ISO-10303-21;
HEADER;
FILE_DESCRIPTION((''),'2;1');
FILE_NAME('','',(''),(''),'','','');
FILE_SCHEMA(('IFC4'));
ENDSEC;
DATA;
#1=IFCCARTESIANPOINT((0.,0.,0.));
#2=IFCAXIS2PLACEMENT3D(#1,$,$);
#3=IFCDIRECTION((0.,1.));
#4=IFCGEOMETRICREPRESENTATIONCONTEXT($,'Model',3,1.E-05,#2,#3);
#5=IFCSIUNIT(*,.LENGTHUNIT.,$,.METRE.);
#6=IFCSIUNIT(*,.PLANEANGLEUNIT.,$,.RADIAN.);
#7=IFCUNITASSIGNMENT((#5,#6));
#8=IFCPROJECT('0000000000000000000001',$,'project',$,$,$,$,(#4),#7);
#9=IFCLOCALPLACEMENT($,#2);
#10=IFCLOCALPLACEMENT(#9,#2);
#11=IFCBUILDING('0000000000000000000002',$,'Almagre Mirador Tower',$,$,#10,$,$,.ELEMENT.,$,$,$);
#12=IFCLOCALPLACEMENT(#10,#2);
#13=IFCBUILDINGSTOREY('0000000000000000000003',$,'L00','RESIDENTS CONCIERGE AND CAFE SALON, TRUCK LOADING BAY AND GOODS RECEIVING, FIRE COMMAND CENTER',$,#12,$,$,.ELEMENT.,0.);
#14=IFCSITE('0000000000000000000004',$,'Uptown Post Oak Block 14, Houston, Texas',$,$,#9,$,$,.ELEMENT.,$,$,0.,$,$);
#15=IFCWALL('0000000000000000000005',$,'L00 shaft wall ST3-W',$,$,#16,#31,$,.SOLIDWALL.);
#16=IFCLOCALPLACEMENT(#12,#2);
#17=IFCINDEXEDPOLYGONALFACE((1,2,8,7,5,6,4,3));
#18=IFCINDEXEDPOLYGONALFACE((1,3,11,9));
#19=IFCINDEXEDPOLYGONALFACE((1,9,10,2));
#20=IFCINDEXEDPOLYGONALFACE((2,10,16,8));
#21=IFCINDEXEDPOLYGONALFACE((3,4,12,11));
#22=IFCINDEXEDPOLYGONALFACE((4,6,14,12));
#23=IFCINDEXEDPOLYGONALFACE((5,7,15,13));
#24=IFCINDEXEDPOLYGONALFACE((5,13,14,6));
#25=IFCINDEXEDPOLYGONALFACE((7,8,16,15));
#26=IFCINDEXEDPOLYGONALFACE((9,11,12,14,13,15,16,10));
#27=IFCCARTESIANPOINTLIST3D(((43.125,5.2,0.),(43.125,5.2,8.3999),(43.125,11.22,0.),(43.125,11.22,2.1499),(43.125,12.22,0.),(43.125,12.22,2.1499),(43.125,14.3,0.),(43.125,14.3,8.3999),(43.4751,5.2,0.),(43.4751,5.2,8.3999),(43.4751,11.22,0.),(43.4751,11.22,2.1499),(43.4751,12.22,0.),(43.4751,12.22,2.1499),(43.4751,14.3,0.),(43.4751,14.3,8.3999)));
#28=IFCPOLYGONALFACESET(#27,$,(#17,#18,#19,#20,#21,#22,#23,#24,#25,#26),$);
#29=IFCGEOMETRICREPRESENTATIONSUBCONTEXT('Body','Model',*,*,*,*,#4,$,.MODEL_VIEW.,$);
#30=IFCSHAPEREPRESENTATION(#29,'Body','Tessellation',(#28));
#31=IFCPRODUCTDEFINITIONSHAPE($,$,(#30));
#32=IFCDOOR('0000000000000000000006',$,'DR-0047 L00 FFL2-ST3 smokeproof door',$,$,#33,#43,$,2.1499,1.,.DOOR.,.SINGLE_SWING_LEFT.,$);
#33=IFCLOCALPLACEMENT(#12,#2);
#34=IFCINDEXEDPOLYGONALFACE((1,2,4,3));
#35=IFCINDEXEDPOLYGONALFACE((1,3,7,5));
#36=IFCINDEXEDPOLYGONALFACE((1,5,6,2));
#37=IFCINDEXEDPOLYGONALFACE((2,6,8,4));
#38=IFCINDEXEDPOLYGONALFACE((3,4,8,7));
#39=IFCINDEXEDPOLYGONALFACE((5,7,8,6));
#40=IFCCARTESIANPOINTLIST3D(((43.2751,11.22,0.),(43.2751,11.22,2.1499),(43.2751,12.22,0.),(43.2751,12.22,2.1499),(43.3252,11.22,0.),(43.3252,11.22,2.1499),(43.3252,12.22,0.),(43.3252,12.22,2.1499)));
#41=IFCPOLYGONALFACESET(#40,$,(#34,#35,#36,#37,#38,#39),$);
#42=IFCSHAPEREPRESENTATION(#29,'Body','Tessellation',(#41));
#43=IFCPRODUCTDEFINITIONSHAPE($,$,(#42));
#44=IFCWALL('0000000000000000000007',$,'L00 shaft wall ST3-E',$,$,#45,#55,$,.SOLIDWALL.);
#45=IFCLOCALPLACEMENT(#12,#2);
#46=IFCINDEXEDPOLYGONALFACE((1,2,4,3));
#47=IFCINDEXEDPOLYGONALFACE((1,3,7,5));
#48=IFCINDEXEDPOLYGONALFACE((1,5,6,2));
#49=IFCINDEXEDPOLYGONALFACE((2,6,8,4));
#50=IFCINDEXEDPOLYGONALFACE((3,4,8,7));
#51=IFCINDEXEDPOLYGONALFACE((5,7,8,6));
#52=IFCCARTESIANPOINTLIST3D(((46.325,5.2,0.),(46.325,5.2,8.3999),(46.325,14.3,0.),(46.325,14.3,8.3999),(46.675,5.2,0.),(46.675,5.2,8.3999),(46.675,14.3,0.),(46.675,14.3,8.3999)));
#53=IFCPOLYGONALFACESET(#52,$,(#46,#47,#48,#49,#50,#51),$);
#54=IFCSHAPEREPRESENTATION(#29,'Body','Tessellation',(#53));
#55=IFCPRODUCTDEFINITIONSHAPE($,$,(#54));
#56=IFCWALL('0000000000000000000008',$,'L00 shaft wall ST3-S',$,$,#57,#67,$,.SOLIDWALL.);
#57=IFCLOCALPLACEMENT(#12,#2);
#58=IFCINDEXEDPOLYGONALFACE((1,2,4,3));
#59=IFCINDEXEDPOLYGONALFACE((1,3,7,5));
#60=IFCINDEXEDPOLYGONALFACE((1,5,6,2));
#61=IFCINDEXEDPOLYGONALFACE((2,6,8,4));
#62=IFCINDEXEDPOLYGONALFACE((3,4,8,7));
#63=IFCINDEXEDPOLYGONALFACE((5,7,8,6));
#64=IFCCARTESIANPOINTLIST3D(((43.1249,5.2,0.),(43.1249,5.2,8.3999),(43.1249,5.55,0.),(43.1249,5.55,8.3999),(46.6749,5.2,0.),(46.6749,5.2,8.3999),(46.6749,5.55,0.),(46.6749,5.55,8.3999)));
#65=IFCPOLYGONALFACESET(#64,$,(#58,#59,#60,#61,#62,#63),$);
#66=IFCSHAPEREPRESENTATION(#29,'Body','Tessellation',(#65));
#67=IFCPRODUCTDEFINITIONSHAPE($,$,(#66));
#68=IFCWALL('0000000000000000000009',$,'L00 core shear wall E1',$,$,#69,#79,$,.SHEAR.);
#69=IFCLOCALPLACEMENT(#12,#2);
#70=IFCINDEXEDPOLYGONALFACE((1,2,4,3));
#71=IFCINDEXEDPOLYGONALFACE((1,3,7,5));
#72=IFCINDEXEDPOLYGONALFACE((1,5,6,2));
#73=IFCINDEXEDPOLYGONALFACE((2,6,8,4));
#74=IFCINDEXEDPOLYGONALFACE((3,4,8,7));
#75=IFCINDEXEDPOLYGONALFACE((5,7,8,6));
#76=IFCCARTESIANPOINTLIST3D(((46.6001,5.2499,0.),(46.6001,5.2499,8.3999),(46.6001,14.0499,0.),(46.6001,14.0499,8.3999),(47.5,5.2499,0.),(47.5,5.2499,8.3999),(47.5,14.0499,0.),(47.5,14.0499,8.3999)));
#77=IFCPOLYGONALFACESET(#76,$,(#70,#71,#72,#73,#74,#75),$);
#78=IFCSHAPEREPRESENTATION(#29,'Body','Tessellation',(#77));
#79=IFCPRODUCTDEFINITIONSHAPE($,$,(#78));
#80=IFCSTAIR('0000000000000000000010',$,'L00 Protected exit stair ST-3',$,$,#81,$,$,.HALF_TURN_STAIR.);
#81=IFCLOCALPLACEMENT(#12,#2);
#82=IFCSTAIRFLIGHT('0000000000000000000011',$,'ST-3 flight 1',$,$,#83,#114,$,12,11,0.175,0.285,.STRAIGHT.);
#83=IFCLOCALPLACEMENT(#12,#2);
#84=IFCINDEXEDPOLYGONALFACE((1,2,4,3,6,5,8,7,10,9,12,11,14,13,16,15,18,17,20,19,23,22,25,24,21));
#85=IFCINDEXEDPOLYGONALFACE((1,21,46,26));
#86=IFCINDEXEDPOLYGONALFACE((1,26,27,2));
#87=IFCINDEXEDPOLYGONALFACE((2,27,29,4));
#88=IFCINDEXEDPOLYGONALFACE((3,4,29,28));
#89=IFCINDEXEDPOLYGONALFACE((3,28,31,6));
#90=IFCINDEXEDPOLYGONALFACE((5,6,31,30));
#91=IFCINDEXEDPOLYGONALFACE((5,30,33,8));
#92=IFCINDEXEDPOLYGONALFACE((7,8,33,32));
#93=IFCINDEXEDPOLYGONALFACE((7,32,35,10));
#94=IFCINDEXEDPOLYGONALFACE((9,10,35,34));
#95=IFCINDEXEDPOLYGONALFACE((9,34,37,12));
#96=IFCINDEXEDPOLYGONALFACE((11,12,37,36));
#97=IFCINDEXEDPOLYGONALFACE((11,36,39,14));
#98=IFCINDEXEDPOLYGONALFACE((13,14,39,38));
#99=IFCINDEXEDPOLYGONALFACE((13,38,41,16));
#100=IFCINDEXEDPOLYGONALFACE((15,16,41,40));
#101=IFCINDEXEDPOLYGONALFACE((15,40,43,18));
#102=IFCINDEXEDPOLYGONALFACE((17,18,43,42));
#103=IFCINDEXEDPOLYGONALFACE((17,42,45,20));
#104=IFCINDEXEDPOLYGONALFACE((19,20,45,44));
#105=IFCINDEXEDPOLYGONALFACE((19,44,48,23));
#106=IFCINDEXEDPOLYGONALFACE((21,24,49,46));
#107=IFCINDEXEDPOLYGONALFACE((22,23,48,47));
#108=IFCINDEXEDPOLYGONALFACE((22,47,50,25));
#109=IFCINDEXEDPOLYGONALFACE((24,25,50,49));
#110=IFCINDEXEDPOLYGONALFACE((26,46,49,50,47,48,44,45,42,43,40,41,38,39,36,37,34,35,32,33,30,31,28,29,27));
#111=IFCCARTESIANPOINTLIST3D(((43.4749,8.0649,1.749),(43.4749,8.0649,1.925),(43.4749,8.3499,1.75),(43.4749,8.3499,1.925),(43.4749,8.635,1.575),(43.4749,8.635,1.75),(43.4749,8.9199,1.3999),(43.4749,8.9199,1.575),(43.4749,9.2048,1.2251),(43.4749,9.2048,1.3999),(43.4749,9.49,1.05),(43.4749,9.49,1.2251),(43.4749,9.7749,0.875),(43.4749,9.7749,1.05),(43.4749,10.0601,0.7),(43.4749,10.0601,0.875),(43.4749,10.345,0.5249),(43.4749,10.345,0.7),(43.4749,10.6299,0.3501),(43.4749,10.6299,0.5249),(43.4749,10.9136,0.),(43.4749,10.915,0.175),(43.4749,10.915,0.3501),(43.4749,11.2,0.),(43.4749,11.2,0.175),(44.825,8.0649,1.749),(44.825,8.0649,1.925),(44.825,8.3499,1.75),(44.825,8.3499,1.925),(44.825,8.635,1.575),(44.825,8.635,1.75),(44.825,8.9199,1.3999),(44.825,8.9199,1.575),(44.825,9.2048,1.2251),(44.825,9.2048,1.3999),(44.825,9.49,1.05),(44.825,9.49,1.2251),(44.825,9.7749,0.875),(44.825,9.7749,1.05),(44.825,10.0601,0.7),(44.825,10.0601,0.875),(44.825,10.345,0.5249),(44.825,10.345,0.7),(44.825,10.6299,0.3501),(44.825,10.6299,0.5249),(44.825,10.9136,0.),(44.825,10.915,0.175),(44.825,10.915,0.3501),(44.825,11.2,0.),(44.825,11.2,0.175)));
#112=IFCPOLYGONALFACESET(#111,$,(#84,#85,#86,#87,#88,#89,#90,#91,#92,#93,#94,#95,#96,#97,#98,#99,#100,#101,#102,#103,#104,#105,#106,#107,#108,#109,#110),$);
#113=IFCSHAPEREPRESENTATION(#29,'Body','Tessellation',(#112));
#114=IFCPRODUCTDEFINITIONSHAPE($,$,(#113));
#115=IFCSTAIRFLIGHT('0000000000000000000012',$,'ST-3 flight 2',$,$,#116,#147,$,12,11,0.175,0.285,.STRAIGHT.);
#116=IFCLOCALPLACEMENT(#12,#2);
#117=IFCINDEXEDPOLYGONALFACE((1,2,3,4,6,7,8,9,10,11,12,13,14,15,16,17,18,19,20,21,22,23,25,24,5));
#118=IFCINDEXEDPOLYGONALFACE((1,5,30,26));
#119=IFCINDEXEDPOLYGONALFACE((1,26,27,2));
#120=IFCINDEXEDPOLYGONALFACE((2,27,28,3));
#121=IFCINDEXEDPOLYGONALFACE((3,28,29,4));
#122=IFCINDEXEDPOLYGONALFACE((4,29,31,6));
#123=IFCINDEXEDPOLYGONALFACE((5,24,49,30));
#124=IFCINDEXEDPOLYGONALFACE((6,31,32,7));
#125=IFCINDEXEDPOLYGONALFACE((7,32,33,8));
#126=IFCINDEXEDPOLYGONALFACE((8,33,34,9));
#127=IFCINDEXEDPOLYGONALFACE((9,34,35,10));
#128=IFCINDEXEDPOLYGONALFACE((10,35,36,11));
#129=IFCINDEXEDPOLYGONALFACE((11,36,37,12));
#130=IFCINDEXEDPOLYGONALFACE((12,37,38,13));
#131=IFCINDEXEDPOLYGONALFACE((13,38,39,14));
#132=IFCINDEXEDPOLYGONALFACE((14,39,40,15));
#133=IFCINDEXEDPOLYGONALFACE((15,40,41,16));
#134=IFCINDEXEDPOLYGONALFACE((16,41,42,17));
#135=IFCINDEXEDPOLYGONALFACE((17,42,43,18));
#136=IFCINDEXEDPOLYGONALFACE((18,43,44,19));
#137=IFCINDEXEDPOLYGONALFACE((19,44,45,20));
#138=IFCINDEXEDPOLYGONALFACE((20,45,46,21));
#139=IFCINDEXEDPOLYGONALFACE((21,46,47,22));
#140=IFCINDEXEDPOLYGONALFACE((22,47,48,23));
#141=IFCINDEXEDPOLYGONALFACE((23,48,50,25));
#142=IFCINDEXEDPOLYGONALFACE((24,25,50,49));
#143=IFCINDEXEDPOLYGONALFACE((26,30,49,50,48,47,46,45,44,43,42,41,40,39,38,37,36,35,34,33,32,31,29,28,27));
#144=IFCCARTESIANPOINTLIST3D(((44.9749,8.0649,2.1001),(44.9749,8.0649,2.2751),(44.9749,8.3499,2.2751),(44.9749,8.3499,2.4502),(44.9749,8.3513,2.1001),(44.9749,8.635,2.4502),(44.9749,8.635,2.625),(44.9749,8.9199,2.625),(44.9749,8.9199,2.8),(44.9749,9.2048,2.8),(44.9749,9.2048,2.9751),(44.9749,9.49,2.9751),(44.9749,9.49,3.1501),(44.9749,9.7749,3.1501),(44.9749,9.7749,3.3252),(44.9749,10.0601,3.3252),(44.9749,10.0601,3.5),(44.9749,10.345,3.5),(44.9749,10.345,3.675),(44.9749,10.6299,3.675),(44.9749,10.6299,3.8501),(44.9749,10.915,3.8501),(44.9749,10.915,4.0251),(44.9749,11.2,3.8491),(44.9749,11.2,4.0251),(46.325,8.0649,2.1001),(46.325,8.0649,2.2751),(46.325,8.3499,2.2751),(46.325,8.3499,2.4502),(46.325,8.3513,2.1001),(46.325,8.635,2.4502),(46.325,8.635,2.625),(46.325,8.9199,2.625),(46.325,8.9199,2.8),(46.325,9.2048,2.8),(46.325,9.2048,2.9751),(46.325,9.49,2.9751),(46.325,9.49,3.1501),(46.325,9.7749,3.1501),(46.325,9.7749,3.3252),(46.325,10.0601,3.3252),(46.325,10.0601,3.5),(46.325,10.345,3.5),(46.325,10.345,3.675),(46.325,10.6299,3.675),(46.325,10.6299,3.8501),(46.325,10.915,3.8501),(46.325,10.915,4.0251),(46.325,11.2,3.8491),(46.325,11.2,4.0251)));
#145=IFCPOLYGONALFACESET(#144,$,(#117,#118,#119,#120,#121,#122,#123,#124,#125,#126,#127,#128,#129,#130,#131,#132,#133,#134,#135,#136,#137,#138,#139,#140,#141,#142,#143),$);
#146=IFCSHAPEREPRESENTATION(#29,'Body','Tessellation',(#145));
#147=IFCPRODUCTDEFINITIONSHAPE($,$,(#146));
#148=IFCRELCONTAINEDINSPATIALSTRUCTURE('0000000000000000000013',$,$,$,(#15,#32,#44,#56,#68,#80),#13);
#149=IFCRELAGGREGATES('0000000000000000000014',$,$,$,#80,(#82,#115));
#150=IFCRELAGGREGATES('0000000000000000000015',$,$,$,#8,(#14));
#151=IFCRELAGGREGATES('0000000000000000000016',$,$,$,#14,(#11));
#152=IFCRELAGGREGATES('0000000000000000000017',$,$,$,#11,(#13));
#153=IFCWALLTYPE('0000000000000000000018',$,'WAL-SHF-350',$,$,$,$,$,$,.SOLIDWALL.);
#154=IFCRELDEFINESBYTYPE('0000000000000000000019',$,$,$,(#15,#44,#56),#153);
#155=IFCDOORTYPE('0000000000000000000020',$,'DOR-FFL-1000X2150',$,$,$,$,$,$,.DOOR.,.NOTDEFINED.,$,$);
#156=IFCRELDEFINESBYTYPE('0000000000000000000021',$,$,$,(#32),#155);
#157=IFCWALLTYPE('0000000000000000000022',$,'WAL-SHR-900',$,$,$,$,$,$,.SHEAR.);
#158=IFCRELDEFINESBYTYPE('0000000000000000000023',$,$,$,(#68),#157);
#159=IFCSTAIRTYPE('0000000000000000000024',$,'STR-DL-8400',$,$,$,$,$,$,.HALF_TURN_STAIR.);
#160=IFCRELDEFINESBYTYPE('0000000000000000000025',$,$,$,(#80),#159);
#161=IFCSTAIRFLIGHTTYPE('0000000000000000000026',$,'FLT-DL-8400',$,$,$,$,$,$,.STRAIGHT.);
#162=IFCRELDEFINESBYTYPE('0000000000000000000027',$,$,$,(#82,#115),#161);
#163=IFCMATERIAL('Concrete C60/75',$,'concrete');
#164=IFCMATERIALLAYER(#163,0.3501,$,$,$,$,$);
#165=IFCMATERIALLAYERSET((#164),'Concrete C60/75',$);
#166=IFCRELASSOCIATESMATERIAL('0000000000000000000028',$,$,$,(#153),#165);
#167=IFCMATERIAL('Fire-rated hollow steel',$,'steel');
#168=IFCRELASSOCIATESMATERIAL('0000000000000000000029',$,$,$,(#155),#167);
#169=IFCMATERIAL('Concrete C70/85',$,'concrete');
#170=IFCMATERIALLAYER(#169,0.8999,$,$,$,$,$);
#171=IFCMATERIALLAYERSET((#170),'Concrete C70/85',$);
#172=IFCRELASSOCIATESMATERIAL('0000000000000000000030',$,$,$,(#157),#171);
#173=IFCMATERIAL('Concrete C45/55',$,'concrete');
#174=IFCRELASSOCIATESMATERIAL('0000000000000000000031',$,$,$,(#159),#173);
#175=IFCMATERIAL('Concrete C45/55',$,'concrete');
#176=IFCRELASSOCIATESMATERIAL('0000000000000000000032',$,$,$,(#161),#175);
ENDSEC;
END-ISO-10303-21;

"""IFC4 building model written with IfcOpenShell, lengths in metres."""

from ifc_helpers import new_model, si_unit, direction, frame, frame_2d, origin, place, context, subcontext, project, spatial, polyline, rectangle, outline, extrude, material, layer, layer_set, type_object, element, fill, aggregate, save


model = new_model("IFC4")

# Units and contexts
model_context = context("Model", 3, precision=1e-05, world=origin(), true_north=direction((0.0, 1.0)))
body_context = subcontext(model_context, "Body", "Model", "MODEL_VIEW")
ifc_project = project(units=[si_unit("LENGTHUNIT", "METRE"), si_unit("PLANEANGLEUNIT", "RADIAN")], contexts=[model_context])

# Site, building, storey
site_placement = place(None, origin())
site = spatial("IfcSite", under=ifc_project, at=site_placement, Name="Uptown Post Oak Block 14, Houston, Texas", CompositionType="ELEMENT", RefElevation=0.0)
building_placement = place(site_placement, origin())
building = spatial("IfcBuilding", under=site, at=building_placement, Name="Almagre Mirador Tower", CompositionType="ELEMENT")
storey_placement = place(building_placement, origin())
storey = spatial("IfcBuildingStorey", under=building, at=storey_placement, Name="L00", Description="RESIDENTS CONCIERGE AND CAFE SALON, TRUCK LOADING BAY AND GOODS RECEIVING, FIRE COMMAND CENTER", CompositionType="ELEMENT", Elevation=0.0)

# Wall, opening, door
ifc_material_1 = material(Name="Concrete C60/75", Category="concrete")
ifc_layer_1 = layer(ifc_material_1, 0.3501)
ifc_layer_set_1 = layer_set([ifc_layer_1], Name="Concrete C60/75")
wall_type_1 = type_object("IfcWallType", Name="WAL-SHF-350", PredefinedType="SOLIDWALL", material=ifc_layer_set_1)
wall_1_placement = place(storey_placement, frame((43.3, 5.2, 0.0), z_axis=(0.0, 0.0, 1.0), x_axis=(0.0, 1.0, 0.0)))
wall_1 = element("IfcWall", 1, at=wall_1_placement, inside=storey, type_object=wall_type_1, Name="L00 shaft wall ST3-W", PredefinedType="SOLIDWALL", context=body_context, shape_type="SweptSolid", body=[
    extrude(rectangle(XDim=9.1001, YDim=0.3501, at=frame_2d((4.55, 0.0))), origin(), (0.0, 0.0, 1.0), 8.3999),
])
opening_placement = place(wall_1_placement, frame((6.02, 0.0, 0.0)))
opening = element("IfcOpeningElement", 2, at=opening_placement, cuts=wall_1, PredefinedType="OPENING", context=body_context, shape_type="SweptSolid", body=[
    extrude(rectangle(XDim=1.0, YDim=2.1499, at=frame_2d((0.5, 1.075))), frame((0.0, 0.185, 0.0), z_axis=(0.0, -1.0, 0.0), x_axis=(1.0, 0.0, 0.0)), (0.0, 0.0, 1.0), 0.3701),
])
ifc_material_2 = material(Name="Fire-rated hollow steel", Category="steel")
door_type = type_object("IfcDoorType", Name="DOR-FFL-1000X2150", OperationType="NOTDEFINED", PredefinedType="DOOR", material=ifc_material_2)
door_placement = place(opening_placement, origin())
door = element("IfcDoor", 3, at=door_placement, inside=storey, type_object=door_type, Name="DR-0047 L00 FFL2-ST3 smokeproof door", OperationType="SINGLE_SWING_LEFT", OverallHeight=2.1499, OverallWidth=1.0, PredefinedType="DOOR", context=body_context, shape_type="SweptSolid", body=[
    extrude(rectangle(XDim=1.0, YDim=2.1499, at=frame_2d((0.5, 1.075))), frame((0.0, 0.0249, 0.0), z_axis=(0.0, -1.0, 0.0), x_axis=(1.0, 0.0, 0.0)), (0.0, 0.0, 1.0), 0.05),
])
fill(opening, door)

# Walls
wall_2_placement = place(storey_placement, frame((46.5, 5.2, 0.0), z_axis=(0.0, 0.0, 1.0), x_axis=(0.0, 1.0, 0.0)))
element("IfcWall", 4, at=wall_2_placement, inside=storey, type_object=wall_type_1, Name="L00 shaft wall ST3-E", PredefinedType="SOLIDWALL", context=body_context, shape_type="SweptSolid", body=[
    extrude(rectangle(XDim=9.1001, YDim=0.3501, at=frame_2d((4.55, 0.0))), origin(), (0.0, 0.0, 1.0), 8.3999),
])
wall_3_placement = place(storey_placement, frame((43.125, 5.375, 0.0), z_axis=(0.0, 0.0, 1.0), x_axis=(1.0, 0.0, 0.0)))
element("IfcWall", 5, at=wall_3_placement, inside=storey, type_object=wall_type_1, Name="L00 shaft wall ST3-S", PredefinedType="SOLIDWALL", context=body_context, shape_type="SweptSolid", body=[
    extrude(rectangle(XDim=3.55, YDim=0.3501, at=frame_2d((1.7749, 0.0))), origin(), (0.0, 0.0, 1.0), 8.3999),
])
ifc_material_3 = material(Name="Concrete C70/85", Category="concrete")
ifc_layer_2 = layer(ifc_material_3, 0.8999)
ifc_layer_set_2 = layer_set([ifc_layer_2], Name="Concrete C70/85")
wall_type_2 = type_object("IfcWallType", Name="WAL-SHR-900", PredefinedType="SHEAR", material=ifc_layer_set_2)
wall_4_placement = place(storey_placement, frame((47.05, 5.25, 0.0), z_axis=(0.0, 0.0, 1.0), x_axis=(0.0, 1.0, 0.0)))
element("IfcWall", 6, at=wall_4_placement, inside=storey, type_object=wall_type_2, Name="L00 core shear wall E1", PredefinedType="SHEAR", context=body_context, shape_type="SweptSolid", body=[
    extrude(rectangle(XDim=8.8, YDim=0.8999, at=frame_2d((4.3999, 0.0))), origin(), (0.0, 0.0, 1.0), 8.3999),
])

# Stair, stair flights
ifc_material_4 = material(Name="Concrete C45/55", Category="concrete")
stair_type = type_object("IfcStairType", Name="STR-DL-8400", PredefinedType="HALF_TURN_STAIR", material=ifc_material_4)
stair_placement = place(storey_placement, origin())
stair = element("IfcStair", 7, at=stair_placement, inside=storey, type_object=stair_type, Name="L00 Protected exit stair ST-3", PredefinedType="HALF_TURN_STAIR")
ifc_material_5 = material(Name="Concrete C45/55", Category="concrete")
stair_flight_type = type_object("IfcStairFlightType", Name="FLT-DL-8400", PredefinedType="STRAIGHT", material=ifc_material_5)
stair_flight_1_placement = place(storey_placement, frame((44.1499, 11.2, 0.0), z_axis=(0.0, 0.0, 1.0), x_axis=(0.0, -1.0, 0.0)))
stair_flight_1 = element("IfcStairFlight", 8, at=stair_flight_1_placement, type_object=stair_flight_type, Name="ST-3 flight 1", NumberOfRisers=12, NumberOfTreads=11, PredefinedType="STRAIGHT", RiserHeight=0.175, TreadLength=0.285, context=body_context, shape_type="SweptSolid", body=[
    extrude(outline(polyline([(0.0, 0.0), (0.0, 0.175), (0.2849, 0.175), (0.2849, 0.3501), (0.5701, 0.3501), (0.5701, 0.5249), (0.855, 0.5249), (0.855, 0.7), (1.1399, 0.7), (1.1399, 0.875), (1.425, 0.875), (1.425, 1.05), (1.71, 1.05), (1.71, 1.2251), (1.9951, 1.2251), (1.9951, 1.3999), (2.28, 1.3999), (2.28, 1.575), (2.5649, 1.575), (2.5649, 1.75), (2.8501, 1.75), (2.8501, 1.925), (3.135, 1.925), (3.135, 2.1001), (3.135, 1.749), (0.2864, 0.0), (0.0, 0.0)])), frame((0.0, 0.675, 0.0), z_axis=(0.0, -1.0, 0.0), x_axis=(1.0, 0.0, 0.0)), (0.0, 0.0, 1.0), 1.3501),
])
stair_flight_2_placement = place(storey_placement, frame((45.6499, 8.0649, 2.1001), z_axis=(0.0, 0.0, 1.0), x_axis=(0.0, 1.0, 0.0)))
stair_flight_2 = element("IfcStairFlight", 9, at=stair_flight_2_placement, type_object=stair_flight_type, Name="ST-3 flight 2", NumberOfRisers=12, NumberOfTreads=11, PredefinedType="STRAIGHT", RiserHeight=0.175, TreadLength=0.285, context=body_context, shape_type="SweptSolid", body=[
    extrude(outline(polyline([(0.0, 0.0), (0.0, 0.175), (0.2849, 0.175), (0.2849, 0.3501), (0.5701, 0.3501), (0.5701, 0.5249), (0.855, 0.5249), (0.855, 0.7), (1.1399, 0.7), (1.1399, 0.875), (1.425, 0.875), (1.425, 1.05), (1.71, 1.05), (1.71, 1.2251), (1.9951, 1.2251), (1.9951, 1.3999), (2.28, 1.3999), (2.28, 1.575), (2.5649, 1.575), (2.5649, 1.75), (2.8501, 1.75), (2.8501, 1.925), (3.135, 1.925), (3.135, 2.1001), (3.135, 1.749), (0.2864, 0.0), (0.0, 0.0)])), frame((0.0, 0.675, 0.0), z_axis=(0.0, -1.0, 0.0), x_axis=(1.0, 0.0, 0.0)), (0.0, 0.0, 1.0), 1.3501),
])
aggregate(stair, [stair_flight_1, stair_flight_2])

save(model, "model.ifc")
